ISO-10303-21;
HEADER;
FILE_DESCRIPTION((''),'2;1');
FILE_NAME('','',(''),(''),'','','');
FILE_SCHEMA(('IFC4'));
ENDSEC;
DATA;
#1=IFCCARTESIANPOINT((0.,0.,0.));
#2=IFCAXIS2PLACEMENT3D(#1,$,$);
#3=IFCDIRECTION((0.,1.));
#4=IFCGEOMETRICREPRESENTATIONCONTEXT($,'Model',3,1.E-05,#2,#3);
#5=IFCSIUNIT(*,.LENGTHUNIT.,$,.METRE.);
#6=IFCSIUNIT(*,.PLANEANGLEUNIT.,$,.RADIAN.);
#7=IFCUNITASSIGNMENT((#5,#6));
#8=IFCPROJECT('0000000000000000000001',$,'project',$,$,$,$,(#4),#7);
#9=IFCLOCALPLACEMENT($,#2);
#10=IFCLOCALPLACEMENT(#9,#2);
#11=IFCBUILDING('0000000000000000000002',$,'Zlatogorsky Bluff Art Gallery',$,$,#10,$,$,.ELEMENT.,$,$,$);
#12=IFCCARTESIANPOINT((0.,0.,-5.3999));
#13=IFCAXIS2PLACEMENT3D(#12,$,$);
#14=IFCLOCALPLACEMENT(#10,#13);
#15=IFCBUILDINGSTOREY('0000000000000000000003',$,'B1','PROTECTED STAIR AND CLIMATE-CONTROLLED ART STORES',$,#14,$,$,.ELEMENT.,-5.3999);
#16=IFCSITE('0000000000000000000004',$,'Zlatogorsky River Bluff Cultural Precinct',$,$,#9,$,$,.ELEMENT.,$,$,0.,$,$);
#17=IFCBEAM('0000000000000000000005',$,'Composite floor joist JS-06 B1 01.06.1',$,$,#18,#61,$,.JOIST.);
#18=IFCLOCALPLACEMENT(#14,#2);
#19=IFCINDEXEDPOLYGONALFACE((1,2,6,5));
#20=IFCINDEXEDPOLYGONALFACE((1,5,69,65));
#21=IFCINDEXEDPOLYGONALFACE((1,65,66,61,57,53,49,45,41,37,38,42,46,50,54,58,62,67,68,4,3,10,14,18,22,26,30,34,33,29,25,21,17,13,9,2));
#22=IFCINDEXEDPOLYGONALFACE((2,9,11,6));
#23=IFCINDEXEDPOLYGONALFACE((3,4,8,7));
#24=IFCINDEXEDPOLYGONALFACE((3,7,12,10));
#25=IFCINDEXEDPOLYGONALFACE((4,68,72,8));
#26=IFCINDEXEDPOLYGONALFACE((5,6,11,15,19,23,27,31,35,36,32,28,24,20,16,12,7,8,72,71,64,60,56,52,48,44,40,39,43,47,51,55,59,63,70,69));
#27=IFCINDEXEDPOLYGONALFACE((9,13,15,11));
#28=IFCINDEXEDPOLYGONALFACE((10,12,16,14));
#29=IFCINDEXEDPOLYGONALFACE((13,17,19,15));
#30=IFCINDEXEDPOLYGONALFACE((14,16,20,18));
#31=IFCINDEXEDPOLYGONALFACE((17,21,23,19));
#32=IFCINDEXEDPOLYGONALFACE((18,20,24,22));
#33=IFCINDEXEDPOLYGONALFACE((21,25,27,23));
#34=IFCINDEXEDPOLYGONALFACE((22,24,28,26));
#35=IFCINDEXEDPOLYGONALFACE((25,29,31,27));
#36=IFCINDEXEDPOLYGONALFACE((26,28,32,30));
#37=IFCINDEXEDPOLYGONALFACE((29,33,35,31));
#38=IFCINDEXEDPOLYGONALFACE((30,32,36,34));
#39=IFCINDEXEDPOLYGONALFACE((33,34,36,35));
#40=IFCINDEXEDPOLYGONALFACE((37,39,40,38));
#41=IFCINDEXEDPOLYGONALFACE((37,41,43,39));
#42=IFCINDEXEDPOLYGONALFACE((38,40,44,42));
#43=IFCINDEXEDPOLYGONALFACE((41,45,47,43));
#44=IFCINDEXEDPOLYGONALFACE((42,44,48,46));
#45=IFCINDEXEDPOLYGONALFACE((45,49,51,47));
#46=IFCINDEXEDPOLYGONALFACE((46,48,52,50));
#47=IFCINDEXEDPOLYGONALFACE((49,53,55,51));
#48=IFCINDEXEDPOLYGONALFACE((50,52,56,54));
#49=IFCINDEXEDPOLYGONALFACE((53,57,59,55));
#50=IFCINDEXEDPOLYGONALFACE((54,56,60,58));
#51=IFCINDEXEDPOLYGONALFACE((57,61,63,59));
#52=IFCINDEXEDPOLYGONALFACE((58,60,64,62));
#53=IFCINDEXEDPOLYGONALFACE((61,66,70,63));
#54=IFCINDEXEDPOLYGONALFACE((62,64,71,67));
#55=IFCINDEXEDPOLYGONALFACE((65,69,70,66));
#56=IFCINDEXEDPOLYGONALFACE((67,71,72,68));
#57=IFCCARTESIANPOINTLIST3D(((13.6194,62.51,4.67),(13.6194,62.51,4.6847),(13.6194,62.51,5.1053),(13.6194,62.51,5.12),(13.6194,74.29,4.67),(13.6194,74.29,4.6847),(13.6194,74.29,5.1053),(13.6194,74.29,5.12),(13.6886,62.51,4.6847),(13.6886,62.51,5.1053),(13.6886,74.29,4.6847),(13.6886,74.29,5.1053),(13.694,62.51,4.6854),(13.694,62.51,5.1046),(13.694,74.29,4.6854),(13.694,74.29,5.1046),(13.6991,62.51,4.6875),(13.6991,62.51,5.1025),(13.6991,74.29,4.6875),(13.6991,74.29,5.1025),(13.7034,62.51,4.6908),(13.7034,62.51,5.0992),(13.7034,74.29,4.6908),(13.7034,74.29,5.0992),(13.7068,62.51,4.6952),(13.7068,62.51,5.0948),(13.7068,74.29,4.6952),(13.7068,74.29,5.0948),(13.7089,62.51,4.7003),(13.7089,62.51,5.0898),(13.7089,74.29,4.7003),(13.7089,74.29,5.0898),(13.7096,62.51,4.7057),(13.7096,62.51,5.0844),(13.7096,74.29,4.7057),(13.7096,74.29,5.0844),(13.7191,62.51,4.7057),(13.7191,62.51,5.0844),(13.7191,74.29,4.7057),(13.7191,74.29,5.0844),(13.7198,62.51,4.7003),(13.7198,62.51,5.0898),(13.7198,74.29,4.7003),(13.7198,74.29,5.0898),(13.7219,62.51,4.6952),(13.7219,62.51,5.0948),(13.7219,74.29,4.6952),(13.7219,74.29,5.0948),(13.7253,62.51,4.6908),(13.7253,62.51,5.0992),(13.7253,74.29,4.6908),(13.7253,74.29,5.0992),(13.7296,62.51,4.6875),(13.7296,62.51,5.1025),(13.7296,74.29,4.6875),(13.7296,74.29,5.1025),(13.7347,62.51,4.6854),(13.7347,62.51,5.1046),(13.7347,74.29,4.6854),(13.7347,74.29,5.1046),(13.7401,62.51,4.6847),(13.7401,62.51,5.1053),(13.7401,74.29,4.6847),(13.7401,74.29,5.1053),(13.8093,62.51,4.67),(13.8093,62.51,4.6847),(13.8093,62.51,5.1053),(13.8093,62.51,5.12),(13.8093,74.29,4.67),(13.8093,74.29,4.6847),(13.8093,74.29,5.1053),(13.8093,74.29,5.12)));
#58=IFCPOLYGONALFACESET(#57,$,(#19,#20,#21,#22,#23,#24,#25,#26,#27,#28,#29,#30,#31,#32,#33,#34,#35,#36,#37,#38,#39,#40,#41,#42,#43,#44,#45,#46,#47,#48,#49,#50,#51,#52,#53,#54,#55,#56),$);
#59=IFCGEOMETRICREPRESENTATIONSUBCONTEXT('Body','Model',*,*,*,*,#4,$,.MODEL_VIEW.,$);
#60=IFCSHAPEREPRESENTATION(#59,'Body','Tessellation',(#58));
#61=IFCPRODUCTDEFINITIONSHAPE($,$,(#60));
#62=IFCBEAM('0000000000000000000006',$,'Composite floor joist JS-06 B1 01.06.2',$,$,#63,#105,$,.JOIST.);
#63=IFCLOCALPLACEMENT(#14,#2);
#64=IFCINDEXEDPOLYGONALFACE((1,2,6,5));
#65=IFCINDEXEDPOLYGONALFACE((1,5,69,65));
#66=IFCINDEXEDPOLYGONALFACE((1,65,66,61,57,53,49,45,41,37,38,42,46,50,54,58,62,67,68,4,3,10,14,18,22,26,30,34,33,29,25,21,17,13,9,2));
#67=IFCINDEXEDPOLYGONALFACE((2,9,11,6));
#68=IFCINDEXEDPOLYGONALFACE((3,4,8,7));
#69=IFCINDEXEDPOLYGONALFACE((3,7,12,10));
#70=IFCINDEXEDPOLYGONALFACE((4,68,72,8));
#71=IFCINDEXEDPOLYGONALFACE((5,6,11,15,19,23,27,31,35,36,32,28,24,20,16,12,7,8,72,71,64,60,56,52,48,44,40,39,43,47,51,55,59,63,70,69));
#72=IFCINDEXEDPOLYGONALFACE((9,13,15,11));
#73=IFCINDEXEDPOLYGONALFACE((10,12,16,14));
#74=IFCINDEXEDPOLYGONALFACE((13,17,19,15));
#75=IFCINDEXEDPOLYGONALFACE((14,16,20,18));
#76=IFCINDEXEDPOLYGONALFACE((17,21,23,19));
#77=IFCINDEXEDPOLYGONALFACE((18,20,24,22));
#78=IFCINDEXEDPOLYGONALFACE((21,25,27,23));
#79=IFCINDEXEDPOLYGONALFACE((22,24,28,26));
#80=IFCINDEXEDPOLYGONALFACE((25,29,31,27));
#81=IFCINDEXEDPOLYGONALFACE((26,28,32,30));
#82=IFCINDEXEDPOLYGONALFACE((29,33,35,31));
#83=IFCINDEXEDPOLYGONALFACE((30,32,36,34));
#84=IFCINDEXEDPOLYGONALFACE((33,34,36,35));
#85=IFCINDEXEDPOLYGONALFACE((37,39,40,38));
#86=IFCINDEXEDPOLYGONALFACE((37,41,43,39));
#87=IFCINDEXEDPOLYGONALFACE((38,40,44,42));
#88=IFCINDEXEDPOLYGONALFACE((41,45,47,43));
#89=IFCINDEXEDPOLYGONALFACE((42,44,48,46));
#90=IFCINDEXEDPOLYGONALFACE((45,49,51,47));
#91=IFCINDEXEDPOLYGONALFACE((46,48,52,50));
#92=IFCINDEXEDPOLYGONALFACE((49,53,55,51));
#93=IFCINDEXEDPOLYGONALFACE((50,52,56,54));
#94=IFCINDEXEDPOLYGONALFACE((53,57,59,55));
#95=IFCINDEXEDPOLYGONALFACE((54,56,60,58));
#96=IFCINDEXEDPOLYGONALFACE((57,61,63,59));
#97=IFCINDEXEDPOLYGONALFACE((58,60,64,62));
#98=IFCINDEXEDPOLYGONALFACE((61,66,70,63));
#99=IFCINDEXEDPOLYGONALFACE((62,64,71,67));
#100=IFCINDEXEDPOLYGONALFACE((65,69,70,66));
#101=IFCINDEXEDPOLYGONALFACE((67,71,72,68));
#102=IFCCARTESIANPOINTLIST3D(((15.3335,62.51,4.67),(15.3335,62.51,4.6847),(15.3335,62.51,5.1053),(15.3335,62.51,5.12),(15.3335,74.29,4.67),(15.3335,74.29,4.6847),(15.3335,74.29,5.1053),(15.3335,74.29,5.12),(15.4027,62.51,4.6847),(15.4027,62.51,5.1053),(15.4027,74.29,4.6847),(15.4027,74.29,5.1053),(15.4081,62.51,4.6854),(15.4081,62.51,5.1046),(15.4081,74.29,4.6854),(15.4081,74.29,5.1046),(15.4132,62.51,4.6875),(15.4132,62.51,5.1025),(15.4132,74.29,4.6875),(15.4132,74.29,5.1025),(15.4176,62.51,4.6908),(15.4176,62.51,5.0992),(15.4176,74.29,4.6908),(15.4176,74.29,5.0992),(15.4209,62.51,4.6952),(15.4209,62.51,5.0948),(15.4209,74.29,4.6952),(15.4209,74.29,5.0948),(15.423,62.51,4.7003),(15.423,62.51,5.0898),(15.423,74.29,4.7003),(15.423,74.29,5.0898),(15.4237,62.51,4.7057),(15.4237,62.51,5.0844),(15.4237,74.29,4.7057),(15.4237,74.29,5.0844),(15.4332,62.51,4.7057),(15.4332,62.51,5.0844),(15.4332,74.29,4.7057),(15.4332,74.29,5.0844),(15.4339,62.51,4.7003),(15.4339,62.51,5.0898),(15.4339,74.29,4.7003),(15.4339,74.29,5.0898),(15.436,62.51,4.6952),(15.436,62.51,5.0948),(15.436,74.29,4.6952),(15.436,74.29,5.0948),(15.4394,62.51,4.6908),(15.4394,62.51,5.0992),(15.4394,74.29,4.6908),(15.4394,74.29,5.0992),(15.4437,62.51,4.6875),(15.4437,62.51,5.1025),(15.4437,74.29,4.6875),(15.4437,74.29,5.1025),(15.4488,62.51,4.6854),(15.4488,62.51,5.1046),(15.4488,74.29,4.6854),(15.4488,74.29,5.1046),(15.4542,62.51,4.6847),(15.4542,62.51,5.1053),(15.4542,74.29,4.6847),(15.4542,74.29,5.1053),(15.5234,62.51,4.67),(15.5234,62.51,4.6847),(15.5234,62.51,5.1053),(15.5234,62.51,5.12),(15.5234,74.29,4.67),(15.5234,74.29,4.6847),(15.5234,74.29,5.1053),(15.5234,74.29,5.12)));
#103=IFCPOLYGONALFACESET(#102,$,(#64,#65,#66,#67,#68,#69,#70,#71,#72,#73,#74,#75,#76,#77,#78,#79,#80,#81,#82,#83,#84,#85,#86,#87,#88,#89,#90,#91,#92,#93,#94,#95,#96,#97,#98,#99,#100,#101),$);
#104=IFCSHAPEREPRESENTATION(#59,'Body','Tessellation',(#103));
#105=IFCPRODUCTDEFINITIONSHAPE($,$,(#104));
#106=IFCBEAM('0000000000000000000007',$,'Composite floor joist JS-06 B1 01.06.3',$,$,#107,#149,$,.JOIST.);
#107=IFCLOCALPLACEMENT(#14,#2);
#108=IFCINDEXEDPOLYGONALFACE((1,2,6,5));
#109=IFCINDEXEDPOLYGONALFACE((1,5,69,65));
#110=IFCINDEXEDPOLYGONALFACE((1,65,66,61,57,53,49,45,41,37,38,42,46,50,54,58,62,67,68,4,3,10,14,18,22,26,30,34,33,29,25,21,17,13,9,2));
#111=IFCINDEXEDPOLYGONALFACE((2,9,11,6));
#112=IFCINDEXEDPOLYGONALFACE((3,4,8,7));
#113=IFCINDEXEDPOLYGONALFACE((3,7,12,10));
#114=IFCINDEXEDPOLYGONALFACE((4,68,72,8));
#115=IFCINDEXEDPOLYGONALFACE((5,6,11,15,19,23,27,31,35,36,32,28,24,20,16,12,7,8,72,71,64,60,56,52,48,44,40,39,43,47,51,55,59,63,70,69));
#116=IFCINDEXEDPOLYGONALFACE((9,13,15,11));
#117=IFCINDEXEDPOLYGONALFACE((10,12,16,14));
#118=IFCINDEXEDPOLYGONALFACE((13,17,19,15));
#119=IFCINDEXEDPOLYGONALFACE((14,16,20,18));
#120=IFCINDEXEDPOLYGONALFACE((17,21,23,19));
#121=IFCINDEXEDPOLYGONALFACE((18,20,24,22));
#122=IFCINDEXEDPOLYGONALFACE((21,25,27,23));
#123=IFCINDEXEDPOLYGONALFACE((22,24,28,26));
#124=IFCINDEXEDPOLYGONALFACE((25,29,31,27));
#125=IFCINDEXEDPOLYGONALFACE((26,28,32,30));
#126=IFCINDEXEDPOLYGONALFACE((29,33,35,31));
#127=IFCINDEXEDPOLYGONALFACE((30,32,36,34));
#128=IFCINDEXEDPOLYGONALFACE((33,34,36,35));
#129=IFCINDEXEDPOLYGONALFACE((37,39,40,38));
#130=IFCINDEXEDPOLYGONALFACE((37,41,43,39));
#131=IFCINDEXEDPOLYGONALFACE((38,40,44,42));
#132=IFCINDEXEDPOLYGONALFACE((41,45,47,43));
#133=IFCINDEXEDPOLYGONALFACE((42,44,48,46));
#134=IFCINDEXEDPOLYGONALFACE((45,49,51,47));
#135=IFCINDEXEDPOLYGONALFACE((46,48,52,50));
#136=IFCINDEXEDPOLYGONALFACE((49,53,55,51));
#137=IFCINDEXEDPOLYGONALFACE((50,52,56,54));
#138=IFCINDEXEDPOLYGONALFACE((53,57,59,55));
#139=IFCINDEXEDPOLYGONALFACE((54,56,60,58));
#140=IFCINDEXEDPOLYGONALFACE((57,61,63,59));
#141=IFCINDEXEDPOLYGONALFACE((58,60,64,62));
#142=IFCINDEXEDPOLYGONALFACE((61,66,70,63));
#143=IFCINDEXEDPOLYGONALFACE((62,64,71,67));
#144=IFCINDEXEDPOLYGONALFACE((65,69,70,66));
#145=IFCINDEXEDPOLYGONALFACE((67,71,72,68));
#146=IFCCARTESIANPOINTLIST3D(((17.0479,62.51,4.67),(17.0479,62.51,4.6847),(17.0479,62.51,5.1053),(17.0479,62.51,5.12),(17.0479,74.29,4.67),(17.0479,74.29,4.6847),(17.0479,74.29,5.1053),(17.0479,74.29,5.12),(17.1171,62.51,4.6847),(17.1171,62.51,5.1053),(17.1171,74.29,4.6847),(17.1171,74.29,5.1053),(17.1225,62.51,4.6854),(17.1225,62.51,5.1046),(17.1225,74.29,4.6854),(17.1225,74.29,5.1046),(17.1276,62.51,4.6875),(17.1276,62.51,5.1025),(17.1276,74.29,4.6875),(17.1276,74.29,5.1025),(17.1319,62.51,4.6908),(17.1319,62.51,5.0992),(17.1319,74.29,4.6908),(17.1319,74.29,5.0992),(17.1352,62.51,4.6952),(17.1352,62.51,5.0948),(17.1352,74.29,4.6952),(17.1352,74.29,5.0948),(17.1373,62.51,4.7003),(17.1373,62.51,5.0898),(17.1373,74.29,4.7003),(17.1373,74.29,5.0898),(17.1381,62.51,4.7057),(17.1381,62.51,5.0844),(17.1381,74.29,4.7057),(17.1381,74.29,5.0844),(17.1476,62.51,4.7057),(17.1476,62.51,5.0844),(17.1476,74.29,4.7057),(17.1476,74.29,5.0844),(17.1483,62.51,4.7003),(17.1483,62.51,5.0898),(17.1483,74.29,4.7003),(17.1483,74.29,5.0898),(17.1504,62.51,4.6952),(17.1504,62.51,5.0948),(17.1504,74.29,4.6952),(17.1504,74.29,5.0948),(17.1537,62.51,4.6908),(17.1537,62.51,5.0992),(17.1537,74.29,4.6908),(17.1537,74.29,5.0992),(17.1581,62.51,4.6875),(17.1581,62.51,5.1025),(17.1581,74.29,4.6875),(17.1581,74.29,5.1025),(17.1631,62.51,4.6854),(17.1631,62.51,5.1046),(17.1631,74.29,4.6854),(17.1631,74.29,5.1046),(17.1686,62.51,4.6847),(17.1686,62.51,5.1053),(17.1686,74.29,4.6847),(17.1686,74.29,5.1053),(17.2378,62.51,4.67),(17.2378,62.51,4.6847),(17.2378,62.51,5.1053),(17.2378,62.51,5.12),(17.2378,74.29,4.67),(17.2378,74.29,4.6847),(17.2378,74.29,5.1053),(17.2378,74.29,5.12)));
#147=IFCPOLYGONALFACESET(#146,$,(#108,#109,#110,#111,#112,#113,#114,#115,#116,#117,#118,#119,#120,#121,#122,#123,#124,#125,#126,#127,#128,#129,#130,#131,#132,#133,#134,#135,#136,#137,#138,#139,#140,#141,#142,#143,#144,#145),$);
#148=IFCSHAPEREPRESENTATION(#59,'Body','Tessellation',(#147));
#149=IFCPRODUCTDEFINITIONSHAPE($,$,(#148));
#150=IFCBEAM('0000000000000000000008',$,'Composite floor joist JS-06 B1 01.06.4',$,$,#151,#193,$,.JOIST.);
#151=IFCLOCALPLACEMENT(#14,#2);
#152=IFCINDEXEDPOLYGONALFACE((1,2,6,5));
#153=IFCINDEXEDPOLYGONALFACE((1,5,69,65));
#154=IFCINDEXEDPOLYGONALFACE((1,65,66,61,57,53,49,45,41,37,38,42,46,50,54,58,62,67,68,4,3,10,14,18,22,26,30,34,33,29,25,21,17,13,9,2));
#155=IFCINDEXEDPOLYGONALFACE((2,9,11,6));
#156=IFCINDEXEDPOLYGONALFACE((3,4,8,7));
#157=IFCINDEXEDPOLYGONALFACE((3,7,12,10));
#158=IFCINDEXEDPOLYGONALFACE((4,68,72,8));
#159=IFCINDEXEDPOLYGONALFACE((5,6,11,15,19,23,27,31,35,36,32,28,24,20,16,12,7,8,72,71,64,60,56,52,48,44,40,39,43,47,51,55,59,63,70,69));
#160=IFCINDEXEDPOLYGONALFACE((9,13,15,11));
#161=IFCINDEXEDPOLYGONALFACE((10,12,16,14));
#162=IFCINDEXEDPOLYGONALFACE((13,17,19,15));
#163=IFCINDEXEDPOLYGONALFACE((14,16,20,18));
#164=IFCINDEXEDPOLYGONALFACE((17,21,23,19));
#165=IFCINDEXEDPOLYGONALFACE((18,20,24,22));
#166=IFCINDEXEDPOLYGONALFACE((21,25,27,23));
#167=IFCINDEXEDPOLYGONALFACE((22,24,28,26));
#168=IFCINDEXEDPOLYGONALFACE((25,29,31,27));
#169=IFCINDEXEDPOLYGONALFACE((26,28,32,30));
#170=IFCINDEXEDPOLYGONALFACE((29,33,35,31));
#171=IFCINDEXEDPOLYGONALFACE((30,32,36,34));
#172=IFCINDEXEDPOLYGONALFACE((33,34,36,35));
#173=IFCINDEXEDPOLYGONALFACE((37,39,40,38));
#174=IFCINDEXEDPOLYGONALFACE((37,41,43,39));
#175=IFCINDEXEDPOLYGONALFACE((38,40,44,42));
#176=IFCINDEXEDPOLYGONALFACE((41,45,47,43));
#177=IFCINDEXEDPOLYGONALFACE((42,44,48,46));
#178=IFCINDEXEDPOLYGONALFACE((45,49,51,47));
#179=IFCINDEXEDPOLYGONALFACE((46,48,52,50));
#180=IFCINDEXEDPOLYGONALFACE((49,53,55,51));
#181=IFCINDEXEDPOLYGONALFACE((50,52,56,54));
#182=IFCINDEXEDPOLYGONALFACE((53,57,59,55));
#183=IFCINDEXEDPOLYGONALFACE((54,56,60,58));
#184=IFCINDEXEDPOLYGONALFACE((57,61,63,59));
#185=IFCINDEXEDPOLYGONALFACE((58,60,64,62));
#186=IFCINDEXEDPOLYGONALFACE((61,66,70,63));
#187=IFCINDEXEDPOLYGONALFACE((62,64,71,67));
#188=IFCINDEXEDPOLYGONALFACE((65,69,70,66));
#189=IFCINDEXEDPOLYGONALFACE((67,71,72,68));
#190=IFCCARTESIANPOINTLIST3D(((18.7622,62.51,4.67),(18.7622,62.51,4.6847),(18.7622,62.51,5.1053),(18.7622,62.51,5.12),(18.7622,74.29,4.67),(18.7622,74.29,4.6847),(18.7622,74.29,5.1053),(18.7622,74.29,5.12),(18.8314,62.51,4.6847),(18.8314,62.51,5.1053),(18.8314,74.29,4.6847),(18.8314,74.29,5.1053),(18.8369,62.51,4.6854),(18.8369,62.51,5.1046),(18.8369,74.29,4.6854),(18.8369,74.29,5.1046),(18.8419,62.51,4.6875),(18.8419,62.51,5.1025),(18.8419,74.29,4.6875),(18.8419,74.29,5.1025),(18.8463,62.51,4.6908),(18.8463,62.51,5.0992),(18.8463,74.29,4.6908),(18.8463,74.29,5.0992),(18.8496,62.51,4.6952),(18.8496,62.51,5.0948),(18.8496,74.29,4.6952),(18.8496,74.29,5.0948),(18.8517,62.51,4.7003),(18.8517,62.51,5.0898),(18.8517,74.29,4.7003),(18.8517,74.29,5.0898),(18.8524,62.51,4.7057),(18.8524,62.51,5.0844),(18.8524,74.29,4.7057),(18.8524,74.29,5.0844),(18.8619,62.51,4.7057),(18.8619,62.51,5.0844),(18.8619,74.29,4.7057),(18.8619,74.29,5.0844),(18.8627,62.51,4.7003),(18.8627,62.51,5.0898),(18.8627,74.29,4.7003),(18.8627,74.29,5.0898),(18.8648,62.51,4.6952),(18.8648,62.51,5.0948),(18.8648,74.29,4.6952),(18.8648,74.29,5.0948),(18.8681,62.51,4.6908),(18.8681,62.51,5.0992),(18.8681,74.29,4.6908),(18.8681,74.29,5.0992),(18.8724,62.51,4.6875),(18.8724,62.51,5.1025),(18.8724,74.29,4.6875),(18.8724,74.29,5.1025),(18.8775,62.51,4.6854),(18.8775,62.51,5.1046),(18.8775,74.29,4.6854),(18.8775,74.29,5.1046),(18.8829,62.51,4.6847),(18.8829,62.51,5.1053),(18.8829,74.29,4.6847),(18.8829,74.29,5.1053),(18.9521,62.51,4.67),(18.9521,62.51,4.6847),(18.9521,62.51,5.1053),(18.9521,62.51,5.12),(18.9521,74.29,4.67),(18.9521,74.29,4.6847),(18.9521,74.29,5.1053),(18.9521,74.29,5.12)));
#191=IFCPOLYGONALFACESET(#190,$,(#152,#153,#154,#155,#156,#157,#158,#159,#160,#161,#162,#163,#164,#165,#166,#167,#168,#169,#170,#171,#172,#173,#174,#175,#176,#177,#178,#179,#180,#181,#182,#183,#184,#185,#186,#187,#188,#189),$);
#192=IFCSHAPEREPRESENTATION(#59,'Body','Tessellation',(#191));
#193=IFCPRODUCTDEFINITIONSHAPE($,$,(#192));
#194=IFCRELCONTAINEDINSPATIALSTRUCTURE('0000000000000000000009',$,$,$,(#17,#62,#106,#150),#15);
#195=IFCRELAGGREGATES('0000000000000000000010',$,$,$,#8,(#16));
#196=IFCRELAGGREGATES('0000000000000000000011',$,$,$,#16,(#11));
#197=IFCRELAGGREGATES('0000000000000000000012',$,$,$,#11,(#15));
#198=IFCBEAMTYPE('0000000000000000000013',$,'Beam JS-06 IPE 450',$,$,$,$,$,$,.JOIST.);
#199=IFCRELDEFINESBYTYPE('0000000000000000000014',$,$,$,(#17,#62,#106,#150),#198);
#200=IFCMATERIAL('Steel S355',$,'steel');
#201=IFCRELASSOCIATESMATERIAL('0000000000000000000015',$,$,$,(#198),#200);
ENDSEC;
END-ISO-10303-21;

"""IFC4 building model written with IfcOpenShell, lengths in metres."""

from ifc_helpers import new_model, si_unit, direction, frame, origin, origin_2d, place, context, subcontext, project, spatial, i_section, extrude, material, material_profile, profile_set, type_object, element, save


model = new_model("IFC4")

# Units and contexts
model_context = context("Model", 3, precision=1e-05, world=origin(), true_north=direction((0.0, 1.0)))
body_context = subcontext(model_context, "Body", "Model", "MODEL_VIEW")
ifc_project = project(units=[si_unit("LENGTHUNIT", "METRE"), si_unit("PLANEANGLEUNIT", "RADIAN")], contexts=[model_context])

# Site, building, storey
site_placement = place(None, origin())
site = spatial("IfcSite", under=ifc_project, at=site_placement, Name="Zlatogorsky River Bluff Cultural Precinct", CompositionType="ELEMENT", RefElevation=0.0)
building_placement = place(site_placement, origin())
building = spatial("IfcBuilding", under=site, at=building_placement, Name="Zlatogorsky Bluff Art Gallery", CompositionType="ELEMENT")
storey_placement = place(building_placement, frame((0.0, 0.0, -5.3999)))
storey = spatial("IfcBuildingStorey", under=building, at=storey_placement, Name="B1", Description="PROTECTED STAIR AND CLIMATE-CONTROLLED ART STORES", CompositionType="ELEMENT", Elevation=-5.3999)

# Shared definitions
ifc_material_1 = material(Name="Steel S355", Category="steel")

# Beams
ifc_material_profile_1 = material_profile(ifc_material_1, i_section(OverallWidth=0.1899, OverallDepth=0.45, WebThickness=0.0095, FlangeThickness=0.0146, FilletRadius=0.021, at=origin_2d()), Name="IPE 450")
ifc_profile_set_1 = profile_set([ifc_material_profile_1], Name="Steel S355")
beam_type_1 = type_object("IfcBeamType", Name="Beam JS-06 IPE 450", PredefinedType="JOIST", material=ifc_profile_set_1)
for number, where, z_axis, x_axis, name in (
    (1, (13.7144, 62.51, 4.895), (0.0, 1.0, 0.0), (-1.0, 0.0, 0.0), "Composite floor joist JS-06 B1 01.06.1"),
    (2, (15.4285, 62.51, 4.895), (0.0, 1.0, 0.0), (-1.0, 0.0, 0.0), "Composite floor joist JS-06 B1 01.06.2"),
    (3, (17.1428, 62.51, 4.895), (0.0, 1.0, 0.0), (-1.0, 0.0, 0.0), "Composite floor joist JS-06 B1 01.06.3"),
    (4, (18.8572, 62.51, 4.895), (0.0, 1.0, 0.0), (-1.0, 0.0, 0.0), "Composite floor joist JS-06 B1 01.06.4"),
):
    element("IfcBeam", number, at=place(storey_placement, frame(where, z_axis=z_axis, x_axis=x_axis)), inside=storey, type_object=beam_type_1, Name=name, PredefinedType="JOIST", context=body_context, shape_type="SweptSolid", body=[
        extrude(i_section(OverallWidth=0.1899, OverallDepth=0.45, WebThickness=0.0095, FlangeThickness=0.0146, FilletRadius=0.021, at=origin_2d()), origin(), (0.0, 0.0, 1.0), 11.78),
    ])

save(model, "model.ifc")
